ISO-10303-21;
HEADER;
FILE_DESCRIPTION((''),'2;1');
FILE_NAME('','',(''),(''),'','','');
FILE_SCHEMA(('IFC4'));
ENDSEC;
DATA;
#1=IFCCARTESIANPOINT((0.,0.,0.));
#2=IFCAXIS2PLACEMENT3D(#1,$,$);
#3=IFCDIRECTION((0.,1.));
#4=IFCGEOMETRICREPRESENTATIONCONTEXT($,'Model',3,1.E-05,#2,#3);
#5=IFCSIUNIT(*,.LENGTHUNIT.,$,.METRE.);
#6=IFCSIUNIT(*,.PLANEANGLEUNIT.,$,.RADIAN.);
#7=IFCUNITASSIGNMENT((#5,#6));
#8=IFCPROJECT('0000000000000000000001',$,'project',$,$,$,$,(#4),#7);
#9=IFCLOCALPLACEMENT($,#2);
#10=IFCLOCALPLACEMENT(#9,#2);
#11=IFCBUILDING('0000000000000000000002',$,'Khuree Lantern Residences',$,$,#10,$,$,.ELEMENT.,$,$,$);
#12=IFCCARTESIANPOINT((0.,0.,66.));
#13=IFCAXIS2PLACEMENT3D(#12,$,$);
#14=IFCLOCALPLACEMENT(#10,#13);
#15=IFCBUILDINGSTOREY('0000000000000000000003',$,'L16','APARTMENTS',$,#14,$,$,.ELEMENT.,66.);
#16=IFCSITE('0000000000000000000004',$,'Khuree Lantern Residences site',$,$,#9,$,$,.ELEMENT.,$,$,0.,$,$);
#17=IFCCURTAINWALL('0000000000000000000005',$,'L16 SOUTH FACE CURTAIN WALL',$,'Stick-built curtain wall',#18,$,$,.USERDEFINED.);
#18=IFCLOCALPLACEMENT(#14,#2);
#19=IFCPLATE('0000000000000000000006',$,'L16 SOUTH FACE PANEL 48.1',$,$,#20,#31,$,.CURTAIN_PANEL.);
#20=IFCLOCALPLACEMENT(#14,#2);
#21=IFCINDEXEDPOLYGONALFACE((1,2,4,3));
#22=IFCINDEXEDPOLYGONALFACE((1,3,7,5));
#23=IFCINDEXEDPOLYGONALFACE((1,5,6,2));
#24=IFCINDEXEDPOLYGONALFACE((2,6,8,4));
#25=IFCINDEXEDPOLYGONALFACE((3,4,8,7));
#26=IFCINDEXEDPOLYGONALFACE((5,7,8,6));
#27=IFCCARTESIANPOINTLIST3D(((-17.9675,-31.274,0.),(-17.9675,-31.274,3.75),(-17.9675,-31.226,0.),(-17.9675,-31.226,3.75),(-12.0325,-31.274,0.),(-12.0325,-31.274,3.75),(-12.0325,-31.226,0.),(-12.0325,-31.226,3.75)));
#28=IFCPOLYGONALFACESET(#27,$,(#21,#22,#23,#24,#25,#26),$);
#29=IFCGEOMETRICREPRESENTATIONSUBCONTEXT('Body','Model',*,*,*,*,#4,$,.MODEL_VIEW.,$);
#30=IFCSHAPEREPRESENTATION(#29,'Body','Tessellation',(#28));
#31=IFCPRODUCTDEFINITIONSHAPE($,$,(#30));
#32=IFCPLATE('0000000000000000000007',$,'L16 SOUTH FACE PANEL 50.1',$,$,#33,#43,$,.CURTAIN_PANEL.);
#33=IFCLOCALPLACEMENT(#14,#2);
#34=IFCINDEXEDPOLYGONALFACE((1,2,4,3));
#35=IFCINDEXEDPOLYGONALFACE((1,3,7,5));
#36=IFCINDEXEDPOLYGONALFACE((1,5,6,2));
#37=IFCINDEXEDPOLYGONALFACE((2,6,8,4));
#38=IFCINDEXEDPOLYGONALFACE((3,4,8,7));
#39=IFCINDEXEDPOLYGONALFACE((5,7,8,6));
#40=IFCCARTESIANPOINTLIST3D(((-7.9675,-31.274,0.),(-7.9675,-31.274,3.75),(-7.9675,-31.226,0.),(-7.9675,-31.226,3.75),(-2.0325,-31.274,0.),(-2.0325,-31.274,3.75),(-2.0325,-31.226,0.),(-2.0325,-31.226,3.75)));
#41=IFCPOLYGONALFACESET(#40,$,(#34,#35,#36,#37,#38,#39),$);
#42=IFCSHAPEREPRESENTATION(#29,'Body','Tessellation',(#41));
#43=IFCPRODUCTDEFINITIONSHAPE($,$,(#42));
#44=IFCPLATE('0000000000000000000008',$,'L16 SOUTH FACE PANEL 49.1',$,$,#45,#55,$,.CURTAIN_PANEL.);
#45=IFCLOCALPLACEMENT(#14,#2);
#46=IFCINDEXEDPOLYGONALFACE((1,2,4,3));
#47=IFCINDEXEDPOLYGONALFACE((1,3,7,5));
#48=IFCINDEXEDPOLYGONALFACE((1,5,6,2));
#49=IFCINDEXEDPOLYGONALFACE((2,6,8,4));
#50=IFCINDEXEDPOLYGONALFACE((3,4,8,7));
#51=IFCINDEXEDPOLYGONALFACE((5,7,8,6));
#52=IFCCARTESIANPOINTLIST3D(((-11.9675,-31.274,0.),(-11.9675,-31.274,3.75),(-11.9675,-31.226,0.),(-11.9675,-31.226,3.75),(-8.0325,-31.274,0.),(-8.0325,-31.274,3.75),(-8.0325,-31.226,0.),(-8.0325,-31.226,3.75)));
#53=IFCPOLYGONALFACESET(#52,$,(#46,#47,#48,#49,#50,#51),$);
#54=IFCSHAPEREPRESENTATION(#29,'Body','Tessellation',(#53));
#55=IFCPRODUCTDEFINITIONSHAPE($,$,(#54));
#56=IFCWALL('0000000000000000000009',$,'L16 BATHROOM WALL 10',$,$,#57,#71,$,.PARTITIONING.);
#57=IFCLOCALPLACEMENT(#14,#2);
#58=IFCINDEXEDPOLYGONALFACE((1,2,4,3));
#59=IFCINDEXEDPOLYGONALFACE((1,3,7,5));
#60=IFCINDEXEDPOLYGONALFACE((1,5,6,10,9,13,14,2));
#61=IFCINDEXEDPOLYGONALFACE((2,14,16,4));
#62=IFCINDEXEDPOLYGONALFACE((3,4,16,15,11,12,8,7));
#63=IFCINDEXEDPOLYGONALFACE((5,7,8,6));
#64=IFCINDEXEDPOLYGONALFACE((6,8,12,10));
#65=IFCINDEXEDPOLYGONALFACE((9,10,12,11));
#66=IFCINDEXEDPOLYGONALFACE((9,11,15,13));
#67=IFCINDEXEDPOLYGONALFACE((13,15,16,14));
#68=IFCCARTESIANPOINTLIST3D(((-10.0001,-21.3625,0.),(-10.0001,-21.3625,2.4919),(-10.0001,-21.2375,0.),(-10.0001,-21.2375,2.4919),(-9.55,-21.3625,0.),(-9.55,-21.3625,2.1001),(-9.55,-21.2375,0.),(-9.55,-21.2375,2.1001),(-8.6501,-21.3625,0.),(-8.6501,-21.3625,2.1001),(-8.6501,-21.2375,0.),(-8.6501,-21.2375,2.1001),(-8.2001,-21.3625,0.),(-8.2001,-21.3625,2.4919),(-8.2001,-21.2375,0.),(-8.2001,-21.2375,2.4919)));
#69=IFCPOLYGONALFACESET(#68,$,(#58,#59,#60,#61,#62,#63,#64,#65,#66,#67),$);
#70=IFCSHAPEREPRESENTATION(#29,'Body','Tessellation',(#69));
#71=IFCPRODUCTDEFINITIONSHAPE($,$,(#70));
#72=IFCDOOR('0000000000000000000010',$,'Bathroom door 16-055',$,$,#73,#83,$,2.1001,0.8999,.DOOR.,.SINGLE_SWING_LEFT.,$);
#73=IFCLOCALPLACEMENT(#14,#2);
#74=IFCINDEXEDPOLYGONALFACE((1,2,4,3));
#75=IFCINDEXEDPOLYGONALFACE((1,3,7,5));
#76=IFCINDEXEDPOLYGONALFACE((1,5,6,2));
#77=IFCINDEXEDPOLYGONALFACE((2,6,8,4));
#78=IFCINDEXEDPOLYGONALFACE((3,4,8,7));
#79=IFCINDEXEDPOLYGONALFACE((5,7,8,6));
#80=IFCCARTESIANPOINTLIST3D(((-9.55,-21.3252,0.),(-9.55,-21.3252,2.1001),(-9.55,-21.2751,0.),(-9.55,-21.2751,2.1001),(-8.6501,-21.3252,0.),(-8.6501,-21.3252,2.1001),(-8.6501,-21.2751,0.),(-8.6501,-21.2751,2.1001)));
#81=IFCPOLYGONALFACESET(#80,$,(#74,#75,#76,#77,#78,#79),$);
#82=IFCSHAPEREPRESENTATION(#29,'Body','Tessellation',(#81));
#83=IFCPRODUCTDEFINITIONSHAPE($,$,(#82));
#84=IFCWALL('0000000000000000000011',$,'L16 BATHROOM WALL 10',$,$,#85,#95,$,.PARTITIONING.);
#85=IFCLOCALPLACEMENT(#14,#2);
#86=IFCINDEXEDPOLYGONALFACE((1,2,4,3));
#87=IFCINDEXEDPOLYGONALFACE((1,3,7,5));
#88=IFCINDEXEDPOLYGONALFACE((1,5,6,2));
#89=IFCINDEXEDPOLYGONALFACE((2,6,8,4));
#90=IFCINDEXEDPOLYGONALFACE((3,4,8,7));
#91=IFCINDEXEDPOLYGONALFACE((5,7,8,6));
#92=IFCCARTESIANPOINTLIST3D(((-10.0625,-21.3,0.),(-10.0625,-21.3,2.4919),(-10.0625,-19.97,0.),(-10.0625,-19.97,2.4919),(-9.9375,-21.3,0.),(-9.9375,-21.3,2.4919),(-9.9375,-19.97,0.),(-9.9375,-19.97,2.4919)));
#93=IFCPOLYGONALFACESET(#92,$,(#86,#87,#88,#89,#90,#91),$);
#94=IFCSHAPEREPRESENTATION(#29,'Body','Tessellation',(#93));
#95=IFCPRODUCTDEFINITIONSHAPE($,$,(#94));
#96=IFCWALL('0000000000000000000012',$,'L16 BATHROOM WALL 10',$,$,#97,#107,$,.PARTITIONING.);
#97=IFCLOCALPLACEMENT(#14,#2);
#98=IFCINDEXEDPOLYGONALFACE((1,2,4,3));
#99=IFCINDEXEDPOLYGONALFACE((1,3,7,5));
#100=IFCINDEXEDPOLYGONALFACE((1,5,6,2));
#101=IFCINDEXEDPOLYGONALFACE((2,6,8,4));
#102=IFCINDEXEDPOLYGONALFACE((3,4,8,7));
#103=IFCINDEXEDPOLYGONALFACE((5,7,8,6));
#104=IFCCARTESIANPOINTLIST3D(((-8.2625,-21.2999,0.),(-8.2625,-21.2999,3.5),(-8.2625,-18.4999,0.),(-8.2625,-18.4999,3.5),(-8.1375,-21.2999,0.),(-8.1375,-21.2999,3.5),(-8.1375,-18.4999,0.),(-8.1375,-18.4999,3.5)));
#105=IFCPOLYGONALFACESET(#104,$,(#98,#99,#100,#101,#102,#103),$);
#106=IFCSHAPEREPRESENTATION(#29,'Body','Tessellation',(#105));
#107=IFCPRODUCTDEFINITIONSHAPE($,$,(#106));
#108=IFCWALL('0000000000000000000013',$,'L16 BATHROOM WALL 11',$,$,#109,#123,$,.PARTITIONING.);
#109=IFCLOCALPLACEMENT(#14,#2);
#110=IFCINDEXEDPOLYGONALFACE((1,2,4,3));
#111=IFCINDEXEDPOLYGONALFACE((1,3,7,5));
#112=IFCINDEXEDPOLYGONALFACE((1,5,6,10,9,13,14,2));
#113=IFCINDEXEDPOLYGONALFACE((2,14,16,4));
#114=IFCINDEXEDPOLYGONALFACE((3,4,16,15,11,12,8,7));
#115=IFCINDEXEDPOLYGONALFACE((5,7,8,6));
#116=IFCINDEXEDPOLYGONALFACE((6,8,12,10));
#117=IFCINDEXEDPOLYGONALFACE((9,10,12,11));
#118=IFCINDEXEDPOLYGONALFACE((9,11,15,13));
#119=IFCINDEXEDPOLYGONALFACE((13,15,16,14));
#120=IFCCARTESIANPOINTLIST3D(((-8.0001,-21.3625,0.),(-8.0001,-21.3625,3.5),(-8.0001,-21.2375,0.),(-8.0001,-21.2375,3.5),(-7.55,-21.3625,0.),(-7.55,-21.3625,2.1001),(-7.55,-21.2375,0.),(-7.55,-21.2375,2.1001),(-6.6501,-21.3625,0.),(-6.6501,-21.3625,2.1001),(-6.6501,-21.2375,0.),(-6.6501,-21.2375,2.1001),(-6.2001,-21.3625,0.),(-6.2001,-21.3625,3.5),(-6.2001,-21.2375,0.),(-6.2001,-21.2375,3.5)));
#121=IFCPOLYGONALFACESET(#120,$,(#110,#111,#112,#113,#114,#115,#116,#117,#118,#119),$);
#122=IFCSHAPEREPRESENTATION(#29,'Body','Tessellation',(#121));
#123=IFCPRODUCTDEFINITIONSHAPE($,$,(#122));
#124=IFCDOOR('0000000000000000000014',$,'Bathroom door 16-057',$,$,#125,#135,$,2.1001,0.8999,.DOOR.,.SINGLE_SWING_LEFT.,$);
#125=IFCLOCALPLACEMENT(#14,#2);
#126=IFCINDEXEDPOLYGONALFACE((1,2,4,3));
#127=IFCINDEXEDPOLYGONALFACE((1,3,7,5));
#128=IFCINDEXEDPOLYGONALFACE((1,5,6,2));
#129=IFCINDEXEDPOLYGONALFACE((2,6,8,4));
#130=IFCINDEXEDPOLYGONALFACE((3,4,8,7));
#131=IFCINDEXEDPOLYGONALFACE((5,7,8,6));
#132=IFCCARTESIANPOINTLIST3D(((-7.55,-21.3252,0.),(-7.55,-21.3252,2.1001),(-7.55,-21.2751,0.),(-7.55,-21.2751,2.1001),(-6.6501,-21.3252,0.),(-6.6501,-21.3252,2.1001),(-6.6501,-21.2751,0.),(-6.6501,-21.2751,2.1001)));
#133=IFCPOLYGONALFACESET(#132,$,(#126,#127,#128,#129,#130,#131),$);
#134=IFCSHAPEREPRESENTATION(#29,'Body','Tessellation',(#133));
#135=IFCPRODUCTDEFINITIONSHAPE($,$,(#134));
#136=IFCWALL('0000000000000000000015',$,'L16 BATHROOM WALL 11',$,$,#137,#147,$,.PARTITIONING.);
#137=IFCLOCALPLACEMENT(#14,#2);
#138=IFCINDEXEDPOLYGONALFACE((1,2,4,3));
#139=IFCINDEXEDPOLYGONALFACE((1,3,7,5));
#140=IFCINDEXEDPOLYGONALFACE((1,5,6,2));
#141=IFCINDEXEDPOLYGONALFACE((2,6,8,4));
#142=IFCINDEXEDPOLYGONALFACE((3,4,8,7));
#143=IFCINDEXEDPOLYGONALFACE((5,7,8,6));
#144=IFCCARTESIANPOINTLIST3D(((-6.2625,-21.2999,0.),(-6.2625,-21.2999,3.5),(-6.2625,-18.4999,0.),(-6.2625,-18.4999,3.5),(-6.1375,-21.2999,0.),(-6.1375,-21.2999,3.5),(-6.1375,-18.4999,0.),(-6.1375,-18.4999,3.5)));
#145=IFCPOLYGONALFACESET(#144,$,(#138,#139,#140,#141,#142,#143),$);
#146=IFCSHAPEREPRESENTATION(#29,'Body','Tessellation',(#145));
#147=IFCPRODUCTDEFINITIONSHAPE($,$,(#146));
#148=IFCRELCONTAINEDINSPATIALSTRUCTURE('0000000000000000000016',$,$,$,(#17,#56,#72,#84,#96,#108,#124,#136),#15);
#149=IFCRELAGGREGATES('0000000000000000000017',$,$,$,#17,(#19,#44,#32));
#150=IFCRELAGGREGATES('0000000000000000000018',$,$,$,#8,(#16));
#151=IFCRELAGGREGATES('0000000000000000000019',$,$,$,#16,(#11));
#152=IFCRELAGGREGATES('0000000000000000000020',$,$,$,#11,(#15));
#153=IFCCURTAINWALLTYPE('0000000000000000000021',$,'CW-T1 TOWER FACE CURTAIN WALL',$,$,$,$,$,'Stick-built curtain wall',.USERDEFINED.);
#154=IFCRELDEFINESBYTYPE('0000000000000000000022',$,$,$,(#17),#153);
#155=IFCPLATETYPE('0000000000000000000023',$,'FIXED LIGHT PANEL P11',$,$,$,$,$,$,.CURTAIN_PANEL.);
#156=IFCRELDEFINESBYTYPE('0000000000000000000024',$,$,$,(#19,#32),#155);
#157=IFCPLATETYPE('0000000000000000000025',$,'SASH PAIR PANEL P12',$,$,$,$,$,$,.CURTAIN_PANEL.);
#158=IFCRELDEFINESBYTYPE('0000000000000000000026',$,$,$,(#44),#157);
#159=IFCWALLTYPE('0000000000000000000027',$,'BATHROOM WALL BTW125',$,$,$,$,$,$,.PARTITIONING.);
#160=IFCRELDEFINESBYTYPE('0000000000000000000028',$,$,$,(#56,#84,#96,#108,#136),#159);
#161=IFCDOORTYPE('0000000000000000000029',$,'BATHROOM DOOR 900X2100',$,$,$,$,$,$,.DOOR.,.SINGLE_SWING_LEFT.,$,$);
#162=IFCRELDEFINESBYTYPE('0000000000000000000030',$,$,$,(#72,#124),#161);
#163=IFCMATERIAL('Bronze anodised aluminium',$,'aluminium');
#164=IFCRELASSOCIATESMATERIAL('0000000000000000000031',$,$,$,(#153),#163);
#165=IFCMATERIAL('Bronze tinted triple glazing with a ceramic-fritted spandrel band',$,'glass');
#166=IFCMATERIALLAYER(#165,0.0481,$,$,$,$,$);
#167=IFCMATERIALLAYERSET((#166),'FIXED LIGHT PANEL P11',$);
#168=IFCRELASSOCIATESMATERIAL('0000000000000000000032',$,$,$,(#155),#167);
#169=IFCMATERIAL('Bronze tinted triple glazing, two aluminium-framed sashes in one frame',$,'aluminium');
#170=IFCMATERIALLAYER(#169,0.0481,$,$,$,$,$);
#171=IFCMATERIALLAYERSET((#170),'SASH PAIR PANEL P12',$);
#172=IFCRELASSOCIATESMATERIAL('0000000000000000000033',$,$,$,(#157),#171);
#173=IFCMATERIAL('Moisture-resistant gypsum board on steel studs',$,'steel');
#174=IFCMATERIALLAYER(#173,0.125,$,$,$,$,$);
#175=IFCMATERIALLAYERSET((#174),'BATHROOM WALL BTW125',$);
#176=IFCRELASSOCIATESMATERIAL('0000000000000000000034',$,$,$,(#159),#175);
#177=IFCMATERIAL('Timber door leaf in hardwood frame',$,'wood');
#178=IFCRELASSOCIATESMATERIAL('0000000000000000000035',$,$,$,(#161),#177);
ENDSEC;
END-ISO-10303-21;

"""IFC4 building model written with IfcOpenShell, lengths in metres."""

from ifc_helpers import new_model, si_unit, direction, frame, frame_2d, origin, origin_2d, place, context, subcontext, project, spatial, rectangle, extrude, material, layer, layer_set, type_object, element, fill, aggregate, save


model = new_model("IFC4")

# Units and contexts
model_context = context("Model", 3, precision=1e-05, world=origin(), true_north=direction((0.0, 1.0)))
body_context = subcontext(model_context, "Body", "Model", "MODEL_VIEW")
ifc_project = project(units=[si_unit("LENGTHUNIT", "METRE"), si_unit("PLANEANGLEUNIT", "RADIAN")], contexts=[model_context])

# Site, building, storey
site_placement = place(None, origin())
site = spatial("IfcSite", under=ifc_project, at=site_placement, Name="Khuree Lantern Residences site", CompositionType="ELEMENT", RefElevation=0.0)
building_placement = place(site_placement, origin())
building = spatial("IfcBuilding", under=site, at=building_placement, Name="Khuree Lantern Residences", CompositionType="ELEMENT")
storey_placement = place(building_placement, frame((0.0, 0.0, 66.0)))
storey = spatial("IfcBuildingStorey", under=building, at=storey_placement, Name="L16", Description="APARTMENTS", CompositionType="ELEMENT", Elevation=66.0)

# Curtain wall
ifc_material_1 = material(Name="Bronze anodised aluminium", Category="aluminium")
curtain_wall_type = type_object("IfcCurtainWallType", Name="CW-T1 TOWER FACE CURTAIN WALL", ElementType="Stick-built curtain wall", PredefinedType="USERDEFINED", material=ifc_material_1)
curtain_wall_placement = place(storey_placement, origin())
curtain_wall = element("IfcCurtainWall", 1, at=curtain_wall_placement, inside=storey, type_object=curtain_wall_type, Name="L16 SOUTH FACE CURTAIN WALL", ObjectType="Stick-built curtain wall", PredefinedType="USERDEFINED")

# Plates
ifc_material_2 = material(Name="Bronze tinted triple glazing with a ceramic-fritted spandrel band", Category="glass")
ifc_layer_1 = layer(ifc_material_2, 0.0481)
ifc_layer_set_1 = layer_set([ifc_layer_1], Name="FIXED LIGHT PANEL P11")
plate_type_1 = type_object("IfcPlateType", Name="FIXED LIGHT PANEL P11", PredefinedType="CURTAIN_PANEL", material=ifc_layer_set_1)
plate_1_placement = place(storey_placement, frame((-15.0, -31.25, 0.0), z_axis=(0.0, 0.0, 1.0), x_axis=(1.0, 0.0, 0.0)))
plate_1 = element("IfcPlate", 2, at=plate_1_placement, type_object=plate_type_1, Name="L16 SOUTH FACE PANEL 48.1", PredefinedType="CURTAIN_PANEL", context=body_context, shape_type="SweptSolid", body=[
    extrude(rectangle(XDim=5.9351, YDim=0.0481, at=origin_2d()), origin(), (0.0, 0.0, 1.0), 3.75),
])
plate_2_placement = place(storey_placement, frame((-5.0, -31.25, 0.0), z_axis=(0.0, 0.0, 1.0), x_axis=(1.0, 0.0, 0.0)))
plate_2 = element("IfcPlate", 3, at=plate_2_placement, type_object=plate_type_1, Name="L16 SOUTH FACE PANEL 50.1", PredefinedType="CURTAIN_PANEL", context=body_context, shape_type="SweptSolid", body=[
    extrude(rectangle(XDim=5.9351, YDim=0.0481, at=origin_2d()), origin(), (0.0, 0.0, 1.0), 3.75),
])
ifc_material_3 = material(Name="Bronze tinted triple glazing, two aluminium-framed sashes in one frame", Category="aluminium")
ifc_layer_2 = layer(ifc_material_3, 0.0481)
ifc_layer_set_2 = layer_set([ifc_layer_2], Name="SASH PAIR PANEL P12")
plate_type_2 = type_object("IfcPlateType", Name="SASH PAIR PANEL P12", PredefinedType="CURTAIN_PANEL", material=ifc_layer_set_2)
plate_3_placement = place(storey_placement, frame((-10.0, -31.25, 0.0), z_axis=(0.0, 0.0, 1.0), x_axis=(1.0, 0.0, 0.0)))
plate_3 = element("IfcPlate", 4, at=plate_3_placement, type_object=plate_type_2, Name="L16 SOUTH FACE PANEL 49.1", PredefinedType="CURTAIN_PANEL", context=body_context, shape_type="SweptSolid", body=[
    extrude(rectangle(XDim=3.9351, YDim=0.0481, at=origin_2d()), origin(), (0.0, 0.0, 1.0), 3.75),
])
aggregate(curtain_wall, [plate_1, plate_3, plate_2])

# Wall, opening, door
ifc_material_4 = material(Name="Moisture-resistant gypsum board on steel studs", Category="steel")
ifc_layer_3 = layer(ifc_material_4, 0.125)
ifc_layer_set_3 = layer_set([ifc_layer_3], Name="BATHROOM WALL BTW125")
wall_type_1 = type_object("IfcWallType", Name="BATHROOM WALL BTW125", PredefinedType="PARTITIONING", material=ifc_layer_set_3)
wall_1_placement = place(storey_placement, frame((-10.0, -21.3, 0.0), z_axis=(0.0, 0.0, 1.0), x_axis=(1.0, 0.0, 0.0)))
wall_1 = element("IfcWall", 5, at=wall_1_placement, inside=storey, type_object=wall_type_1, Name="L16 BATHROOM WALL 10", PredefinedType="PARTITIONING", context=body_context, shape_type="SweptSolid", body=[
    extrude(rectangle(XDim=1.8, YDim=0.125, at=frame_2d((0.8999, 0.0))), origin(), (0.0, 0.0, 1.0), 2.4919),
])
opening_1_placement = place(wall_1_placement, frame((0.45, 0.0, 0.0)))
opening_1 = element("IfcOpeningElement", 6, at=opening_1_placement, cuts=wall_1, PredefinedType="OPENING", context=body_context, shape_type="SweptSolid", body=[
    extrude(rectangle(XDim=0.8999, YDim=2.1001, at=frame_2d((0.45, 1.05))), frame((0.0, 0.0725, 0.0), z_axis=(0.0, -1.0, 0.0), x_axis=(1.0, 0.0, 0.0)), (0.0, 0.0, 1.0), 0.145),
])
ifc_material_5 = material(Name="Timber door leaf in hardwood frame", Category="wood")
door_type_1 = type_object("IfcDoorType", Name="BATHROOM DOOR 900X2100", OperationType="SINGLE_SWING_LEFT", PredefinedType="DOOR", material=ifc_material_5)
door_1_placement = place(opening_1_placement, origin())
door_1 = element("IfcDoor", 7, at=door_1_placement, inside=storey, type_object=door_type_1, Name="Bathroom door 16-055", OperationType="SINGLE_SWING_LEFT", OverallHeight=2.1001, OverallWidth=0.8999, PredefinedType="DOOR", context=body_context, shape_type="SweptSolid", body=[
    extrude(rectangle(XDim=0.8999, YDim=2.1001, at=frame_2d((0.45, 1.05))), frame((0.0, 0.0249, 0.0), z_axis=(0.0, -1.0, 0.0), x_axis=(1.0, 0.0, 0.0)), (0.0, 0.0, 1.0), 0.05),
])
fill(opening_1, door_1)

# Walls
wall_2_placement = place(storey_placement, frame((-10.0, -19.97, 0.0), z_axis=(0.0, 0.0, 1.0), x_axis=(0.0, -1.0, 0.0)))
element("IfcWall", 8, at=wall_2_placement, inside=storey, type_object=wall_type_1, Name="L16 BATHROOM WALL 10", PredefinedType="PARTITIONING", context=body_context, shape_type="SweptSolid", body=[
    extrude(rectangle(XDim=1.3301, YDim=0.125, at=frame_2d((0.665, 0.0))), origin(), (0.0, 0.0, 1.0), 2.4919),
])
wall_3_placement = place(storey_placement, frame((-8.2, -18.5, 0.0), z_axis=(0.0, 0.0, 1.0), x_axis=(0.0, -1.0, 0.0)))
element("IfcWall", 9, at=wall_3_placement, inside=storey, type_object=wall_type_1, Name="L16 BATHROOM WALL 10", PredefinedType="PARTITIONING", context=body_context, shape_type="SweptSolid", body=[
    extrude(rectangle(XDim=2.8, YDim=0.125, at=frame_2d((1.3999, 0.0))), origin(), (0.0, 0.0, 1.0), 3.5),
])

# Wall, opening, door
wall_4_placement = place(storey_placement, frame((-8.0, -21.3, 0.0), z_axis=(0.0, 0.0, 1.0), x_axis=(1.0, 0.0, 0.0)))
wall_4 = element("IfcWall", 10, at=wall_4_placement, inside=storey, type_object=wall_type_1, Name="L16 BATHROOM WALL 11", PredefinedType="PARTITIONING", context=body_context, shape_type="SweptSolid", body=[
    extrude(rectangle(XDim=1.8, YDim=0.125, at=frame_2d((0.8999, 0.0))), origin(), (0.0, 0.0, 1.0), 3.5),
])
opening_2_placement = place(wall_4_placement, frame((0.45, 0.0, 0.0)))
opening_2 = element("IfcOpeningElement", 11, at=opening_2_placement, cuts=wall_4, PredefinedType="OPENING", context=body_context, shape_type="SweptSolid", body=[
    extrude(rectangle(XDim=0.8999, YDim=2.1001, at=frame_2d((0.45, 1.05))), frame((0.0, 0.0725, 0.0), z_axis=(0.0, -1.0, 0.0), x_axis=(1.0, 0.0, 0.0)), (0.0, 0.0, 1.0), 0.145),
])
door_2_placement = place(opening_2_placement, origin())
door_2 = element("IfcDoor", 12, at=door_2_placement, inside=storey, type_object=door_type_1, Name="Bathroom door 16-057", OperationType="SINGLE_SWING_LEFT", OverallHeight=2.1001, OverallWidth=0.8999, PredefinedType="DOOR", context=body_context, shape_type="SweptSolid", body=[
    extrude(rectangle(XDim=0.8999, YDim=2.1001, at=frame_2d((0.45, 1.05))), frame((0.0, 0.0249, 0.0), z_axis=(0.0, -1.0, 0.0), x_axis=(1.0, 0.0, 0.0)), (0.0, 0.0, 1.0), 0.05),
])
fill(opening_2, door_2)

# Wall
wall_5_placement = place(storey_placement, frame((-6.2, -18.5, 0.0), z_axis=(0.0, 0.0, 1.0), x_axis=(0.0, -1.0, 0.0)))
element("IfcWall", 13, at=wall_5_placement, inside=storey, type_object=wall_type_1, Name="L16 BATHROOM WALL 11", PredefinedType="PARTITIONING", context=body_context, shape_type="SweptSolid", body=[
    extrude(rectangle(XDim=2.8, YDim=0.125, at=frame_2d((1.3999, 0.0))), origin(), (0.0, 0.0, 1.0), 3.5),
])

save(model, "model.ifc")
